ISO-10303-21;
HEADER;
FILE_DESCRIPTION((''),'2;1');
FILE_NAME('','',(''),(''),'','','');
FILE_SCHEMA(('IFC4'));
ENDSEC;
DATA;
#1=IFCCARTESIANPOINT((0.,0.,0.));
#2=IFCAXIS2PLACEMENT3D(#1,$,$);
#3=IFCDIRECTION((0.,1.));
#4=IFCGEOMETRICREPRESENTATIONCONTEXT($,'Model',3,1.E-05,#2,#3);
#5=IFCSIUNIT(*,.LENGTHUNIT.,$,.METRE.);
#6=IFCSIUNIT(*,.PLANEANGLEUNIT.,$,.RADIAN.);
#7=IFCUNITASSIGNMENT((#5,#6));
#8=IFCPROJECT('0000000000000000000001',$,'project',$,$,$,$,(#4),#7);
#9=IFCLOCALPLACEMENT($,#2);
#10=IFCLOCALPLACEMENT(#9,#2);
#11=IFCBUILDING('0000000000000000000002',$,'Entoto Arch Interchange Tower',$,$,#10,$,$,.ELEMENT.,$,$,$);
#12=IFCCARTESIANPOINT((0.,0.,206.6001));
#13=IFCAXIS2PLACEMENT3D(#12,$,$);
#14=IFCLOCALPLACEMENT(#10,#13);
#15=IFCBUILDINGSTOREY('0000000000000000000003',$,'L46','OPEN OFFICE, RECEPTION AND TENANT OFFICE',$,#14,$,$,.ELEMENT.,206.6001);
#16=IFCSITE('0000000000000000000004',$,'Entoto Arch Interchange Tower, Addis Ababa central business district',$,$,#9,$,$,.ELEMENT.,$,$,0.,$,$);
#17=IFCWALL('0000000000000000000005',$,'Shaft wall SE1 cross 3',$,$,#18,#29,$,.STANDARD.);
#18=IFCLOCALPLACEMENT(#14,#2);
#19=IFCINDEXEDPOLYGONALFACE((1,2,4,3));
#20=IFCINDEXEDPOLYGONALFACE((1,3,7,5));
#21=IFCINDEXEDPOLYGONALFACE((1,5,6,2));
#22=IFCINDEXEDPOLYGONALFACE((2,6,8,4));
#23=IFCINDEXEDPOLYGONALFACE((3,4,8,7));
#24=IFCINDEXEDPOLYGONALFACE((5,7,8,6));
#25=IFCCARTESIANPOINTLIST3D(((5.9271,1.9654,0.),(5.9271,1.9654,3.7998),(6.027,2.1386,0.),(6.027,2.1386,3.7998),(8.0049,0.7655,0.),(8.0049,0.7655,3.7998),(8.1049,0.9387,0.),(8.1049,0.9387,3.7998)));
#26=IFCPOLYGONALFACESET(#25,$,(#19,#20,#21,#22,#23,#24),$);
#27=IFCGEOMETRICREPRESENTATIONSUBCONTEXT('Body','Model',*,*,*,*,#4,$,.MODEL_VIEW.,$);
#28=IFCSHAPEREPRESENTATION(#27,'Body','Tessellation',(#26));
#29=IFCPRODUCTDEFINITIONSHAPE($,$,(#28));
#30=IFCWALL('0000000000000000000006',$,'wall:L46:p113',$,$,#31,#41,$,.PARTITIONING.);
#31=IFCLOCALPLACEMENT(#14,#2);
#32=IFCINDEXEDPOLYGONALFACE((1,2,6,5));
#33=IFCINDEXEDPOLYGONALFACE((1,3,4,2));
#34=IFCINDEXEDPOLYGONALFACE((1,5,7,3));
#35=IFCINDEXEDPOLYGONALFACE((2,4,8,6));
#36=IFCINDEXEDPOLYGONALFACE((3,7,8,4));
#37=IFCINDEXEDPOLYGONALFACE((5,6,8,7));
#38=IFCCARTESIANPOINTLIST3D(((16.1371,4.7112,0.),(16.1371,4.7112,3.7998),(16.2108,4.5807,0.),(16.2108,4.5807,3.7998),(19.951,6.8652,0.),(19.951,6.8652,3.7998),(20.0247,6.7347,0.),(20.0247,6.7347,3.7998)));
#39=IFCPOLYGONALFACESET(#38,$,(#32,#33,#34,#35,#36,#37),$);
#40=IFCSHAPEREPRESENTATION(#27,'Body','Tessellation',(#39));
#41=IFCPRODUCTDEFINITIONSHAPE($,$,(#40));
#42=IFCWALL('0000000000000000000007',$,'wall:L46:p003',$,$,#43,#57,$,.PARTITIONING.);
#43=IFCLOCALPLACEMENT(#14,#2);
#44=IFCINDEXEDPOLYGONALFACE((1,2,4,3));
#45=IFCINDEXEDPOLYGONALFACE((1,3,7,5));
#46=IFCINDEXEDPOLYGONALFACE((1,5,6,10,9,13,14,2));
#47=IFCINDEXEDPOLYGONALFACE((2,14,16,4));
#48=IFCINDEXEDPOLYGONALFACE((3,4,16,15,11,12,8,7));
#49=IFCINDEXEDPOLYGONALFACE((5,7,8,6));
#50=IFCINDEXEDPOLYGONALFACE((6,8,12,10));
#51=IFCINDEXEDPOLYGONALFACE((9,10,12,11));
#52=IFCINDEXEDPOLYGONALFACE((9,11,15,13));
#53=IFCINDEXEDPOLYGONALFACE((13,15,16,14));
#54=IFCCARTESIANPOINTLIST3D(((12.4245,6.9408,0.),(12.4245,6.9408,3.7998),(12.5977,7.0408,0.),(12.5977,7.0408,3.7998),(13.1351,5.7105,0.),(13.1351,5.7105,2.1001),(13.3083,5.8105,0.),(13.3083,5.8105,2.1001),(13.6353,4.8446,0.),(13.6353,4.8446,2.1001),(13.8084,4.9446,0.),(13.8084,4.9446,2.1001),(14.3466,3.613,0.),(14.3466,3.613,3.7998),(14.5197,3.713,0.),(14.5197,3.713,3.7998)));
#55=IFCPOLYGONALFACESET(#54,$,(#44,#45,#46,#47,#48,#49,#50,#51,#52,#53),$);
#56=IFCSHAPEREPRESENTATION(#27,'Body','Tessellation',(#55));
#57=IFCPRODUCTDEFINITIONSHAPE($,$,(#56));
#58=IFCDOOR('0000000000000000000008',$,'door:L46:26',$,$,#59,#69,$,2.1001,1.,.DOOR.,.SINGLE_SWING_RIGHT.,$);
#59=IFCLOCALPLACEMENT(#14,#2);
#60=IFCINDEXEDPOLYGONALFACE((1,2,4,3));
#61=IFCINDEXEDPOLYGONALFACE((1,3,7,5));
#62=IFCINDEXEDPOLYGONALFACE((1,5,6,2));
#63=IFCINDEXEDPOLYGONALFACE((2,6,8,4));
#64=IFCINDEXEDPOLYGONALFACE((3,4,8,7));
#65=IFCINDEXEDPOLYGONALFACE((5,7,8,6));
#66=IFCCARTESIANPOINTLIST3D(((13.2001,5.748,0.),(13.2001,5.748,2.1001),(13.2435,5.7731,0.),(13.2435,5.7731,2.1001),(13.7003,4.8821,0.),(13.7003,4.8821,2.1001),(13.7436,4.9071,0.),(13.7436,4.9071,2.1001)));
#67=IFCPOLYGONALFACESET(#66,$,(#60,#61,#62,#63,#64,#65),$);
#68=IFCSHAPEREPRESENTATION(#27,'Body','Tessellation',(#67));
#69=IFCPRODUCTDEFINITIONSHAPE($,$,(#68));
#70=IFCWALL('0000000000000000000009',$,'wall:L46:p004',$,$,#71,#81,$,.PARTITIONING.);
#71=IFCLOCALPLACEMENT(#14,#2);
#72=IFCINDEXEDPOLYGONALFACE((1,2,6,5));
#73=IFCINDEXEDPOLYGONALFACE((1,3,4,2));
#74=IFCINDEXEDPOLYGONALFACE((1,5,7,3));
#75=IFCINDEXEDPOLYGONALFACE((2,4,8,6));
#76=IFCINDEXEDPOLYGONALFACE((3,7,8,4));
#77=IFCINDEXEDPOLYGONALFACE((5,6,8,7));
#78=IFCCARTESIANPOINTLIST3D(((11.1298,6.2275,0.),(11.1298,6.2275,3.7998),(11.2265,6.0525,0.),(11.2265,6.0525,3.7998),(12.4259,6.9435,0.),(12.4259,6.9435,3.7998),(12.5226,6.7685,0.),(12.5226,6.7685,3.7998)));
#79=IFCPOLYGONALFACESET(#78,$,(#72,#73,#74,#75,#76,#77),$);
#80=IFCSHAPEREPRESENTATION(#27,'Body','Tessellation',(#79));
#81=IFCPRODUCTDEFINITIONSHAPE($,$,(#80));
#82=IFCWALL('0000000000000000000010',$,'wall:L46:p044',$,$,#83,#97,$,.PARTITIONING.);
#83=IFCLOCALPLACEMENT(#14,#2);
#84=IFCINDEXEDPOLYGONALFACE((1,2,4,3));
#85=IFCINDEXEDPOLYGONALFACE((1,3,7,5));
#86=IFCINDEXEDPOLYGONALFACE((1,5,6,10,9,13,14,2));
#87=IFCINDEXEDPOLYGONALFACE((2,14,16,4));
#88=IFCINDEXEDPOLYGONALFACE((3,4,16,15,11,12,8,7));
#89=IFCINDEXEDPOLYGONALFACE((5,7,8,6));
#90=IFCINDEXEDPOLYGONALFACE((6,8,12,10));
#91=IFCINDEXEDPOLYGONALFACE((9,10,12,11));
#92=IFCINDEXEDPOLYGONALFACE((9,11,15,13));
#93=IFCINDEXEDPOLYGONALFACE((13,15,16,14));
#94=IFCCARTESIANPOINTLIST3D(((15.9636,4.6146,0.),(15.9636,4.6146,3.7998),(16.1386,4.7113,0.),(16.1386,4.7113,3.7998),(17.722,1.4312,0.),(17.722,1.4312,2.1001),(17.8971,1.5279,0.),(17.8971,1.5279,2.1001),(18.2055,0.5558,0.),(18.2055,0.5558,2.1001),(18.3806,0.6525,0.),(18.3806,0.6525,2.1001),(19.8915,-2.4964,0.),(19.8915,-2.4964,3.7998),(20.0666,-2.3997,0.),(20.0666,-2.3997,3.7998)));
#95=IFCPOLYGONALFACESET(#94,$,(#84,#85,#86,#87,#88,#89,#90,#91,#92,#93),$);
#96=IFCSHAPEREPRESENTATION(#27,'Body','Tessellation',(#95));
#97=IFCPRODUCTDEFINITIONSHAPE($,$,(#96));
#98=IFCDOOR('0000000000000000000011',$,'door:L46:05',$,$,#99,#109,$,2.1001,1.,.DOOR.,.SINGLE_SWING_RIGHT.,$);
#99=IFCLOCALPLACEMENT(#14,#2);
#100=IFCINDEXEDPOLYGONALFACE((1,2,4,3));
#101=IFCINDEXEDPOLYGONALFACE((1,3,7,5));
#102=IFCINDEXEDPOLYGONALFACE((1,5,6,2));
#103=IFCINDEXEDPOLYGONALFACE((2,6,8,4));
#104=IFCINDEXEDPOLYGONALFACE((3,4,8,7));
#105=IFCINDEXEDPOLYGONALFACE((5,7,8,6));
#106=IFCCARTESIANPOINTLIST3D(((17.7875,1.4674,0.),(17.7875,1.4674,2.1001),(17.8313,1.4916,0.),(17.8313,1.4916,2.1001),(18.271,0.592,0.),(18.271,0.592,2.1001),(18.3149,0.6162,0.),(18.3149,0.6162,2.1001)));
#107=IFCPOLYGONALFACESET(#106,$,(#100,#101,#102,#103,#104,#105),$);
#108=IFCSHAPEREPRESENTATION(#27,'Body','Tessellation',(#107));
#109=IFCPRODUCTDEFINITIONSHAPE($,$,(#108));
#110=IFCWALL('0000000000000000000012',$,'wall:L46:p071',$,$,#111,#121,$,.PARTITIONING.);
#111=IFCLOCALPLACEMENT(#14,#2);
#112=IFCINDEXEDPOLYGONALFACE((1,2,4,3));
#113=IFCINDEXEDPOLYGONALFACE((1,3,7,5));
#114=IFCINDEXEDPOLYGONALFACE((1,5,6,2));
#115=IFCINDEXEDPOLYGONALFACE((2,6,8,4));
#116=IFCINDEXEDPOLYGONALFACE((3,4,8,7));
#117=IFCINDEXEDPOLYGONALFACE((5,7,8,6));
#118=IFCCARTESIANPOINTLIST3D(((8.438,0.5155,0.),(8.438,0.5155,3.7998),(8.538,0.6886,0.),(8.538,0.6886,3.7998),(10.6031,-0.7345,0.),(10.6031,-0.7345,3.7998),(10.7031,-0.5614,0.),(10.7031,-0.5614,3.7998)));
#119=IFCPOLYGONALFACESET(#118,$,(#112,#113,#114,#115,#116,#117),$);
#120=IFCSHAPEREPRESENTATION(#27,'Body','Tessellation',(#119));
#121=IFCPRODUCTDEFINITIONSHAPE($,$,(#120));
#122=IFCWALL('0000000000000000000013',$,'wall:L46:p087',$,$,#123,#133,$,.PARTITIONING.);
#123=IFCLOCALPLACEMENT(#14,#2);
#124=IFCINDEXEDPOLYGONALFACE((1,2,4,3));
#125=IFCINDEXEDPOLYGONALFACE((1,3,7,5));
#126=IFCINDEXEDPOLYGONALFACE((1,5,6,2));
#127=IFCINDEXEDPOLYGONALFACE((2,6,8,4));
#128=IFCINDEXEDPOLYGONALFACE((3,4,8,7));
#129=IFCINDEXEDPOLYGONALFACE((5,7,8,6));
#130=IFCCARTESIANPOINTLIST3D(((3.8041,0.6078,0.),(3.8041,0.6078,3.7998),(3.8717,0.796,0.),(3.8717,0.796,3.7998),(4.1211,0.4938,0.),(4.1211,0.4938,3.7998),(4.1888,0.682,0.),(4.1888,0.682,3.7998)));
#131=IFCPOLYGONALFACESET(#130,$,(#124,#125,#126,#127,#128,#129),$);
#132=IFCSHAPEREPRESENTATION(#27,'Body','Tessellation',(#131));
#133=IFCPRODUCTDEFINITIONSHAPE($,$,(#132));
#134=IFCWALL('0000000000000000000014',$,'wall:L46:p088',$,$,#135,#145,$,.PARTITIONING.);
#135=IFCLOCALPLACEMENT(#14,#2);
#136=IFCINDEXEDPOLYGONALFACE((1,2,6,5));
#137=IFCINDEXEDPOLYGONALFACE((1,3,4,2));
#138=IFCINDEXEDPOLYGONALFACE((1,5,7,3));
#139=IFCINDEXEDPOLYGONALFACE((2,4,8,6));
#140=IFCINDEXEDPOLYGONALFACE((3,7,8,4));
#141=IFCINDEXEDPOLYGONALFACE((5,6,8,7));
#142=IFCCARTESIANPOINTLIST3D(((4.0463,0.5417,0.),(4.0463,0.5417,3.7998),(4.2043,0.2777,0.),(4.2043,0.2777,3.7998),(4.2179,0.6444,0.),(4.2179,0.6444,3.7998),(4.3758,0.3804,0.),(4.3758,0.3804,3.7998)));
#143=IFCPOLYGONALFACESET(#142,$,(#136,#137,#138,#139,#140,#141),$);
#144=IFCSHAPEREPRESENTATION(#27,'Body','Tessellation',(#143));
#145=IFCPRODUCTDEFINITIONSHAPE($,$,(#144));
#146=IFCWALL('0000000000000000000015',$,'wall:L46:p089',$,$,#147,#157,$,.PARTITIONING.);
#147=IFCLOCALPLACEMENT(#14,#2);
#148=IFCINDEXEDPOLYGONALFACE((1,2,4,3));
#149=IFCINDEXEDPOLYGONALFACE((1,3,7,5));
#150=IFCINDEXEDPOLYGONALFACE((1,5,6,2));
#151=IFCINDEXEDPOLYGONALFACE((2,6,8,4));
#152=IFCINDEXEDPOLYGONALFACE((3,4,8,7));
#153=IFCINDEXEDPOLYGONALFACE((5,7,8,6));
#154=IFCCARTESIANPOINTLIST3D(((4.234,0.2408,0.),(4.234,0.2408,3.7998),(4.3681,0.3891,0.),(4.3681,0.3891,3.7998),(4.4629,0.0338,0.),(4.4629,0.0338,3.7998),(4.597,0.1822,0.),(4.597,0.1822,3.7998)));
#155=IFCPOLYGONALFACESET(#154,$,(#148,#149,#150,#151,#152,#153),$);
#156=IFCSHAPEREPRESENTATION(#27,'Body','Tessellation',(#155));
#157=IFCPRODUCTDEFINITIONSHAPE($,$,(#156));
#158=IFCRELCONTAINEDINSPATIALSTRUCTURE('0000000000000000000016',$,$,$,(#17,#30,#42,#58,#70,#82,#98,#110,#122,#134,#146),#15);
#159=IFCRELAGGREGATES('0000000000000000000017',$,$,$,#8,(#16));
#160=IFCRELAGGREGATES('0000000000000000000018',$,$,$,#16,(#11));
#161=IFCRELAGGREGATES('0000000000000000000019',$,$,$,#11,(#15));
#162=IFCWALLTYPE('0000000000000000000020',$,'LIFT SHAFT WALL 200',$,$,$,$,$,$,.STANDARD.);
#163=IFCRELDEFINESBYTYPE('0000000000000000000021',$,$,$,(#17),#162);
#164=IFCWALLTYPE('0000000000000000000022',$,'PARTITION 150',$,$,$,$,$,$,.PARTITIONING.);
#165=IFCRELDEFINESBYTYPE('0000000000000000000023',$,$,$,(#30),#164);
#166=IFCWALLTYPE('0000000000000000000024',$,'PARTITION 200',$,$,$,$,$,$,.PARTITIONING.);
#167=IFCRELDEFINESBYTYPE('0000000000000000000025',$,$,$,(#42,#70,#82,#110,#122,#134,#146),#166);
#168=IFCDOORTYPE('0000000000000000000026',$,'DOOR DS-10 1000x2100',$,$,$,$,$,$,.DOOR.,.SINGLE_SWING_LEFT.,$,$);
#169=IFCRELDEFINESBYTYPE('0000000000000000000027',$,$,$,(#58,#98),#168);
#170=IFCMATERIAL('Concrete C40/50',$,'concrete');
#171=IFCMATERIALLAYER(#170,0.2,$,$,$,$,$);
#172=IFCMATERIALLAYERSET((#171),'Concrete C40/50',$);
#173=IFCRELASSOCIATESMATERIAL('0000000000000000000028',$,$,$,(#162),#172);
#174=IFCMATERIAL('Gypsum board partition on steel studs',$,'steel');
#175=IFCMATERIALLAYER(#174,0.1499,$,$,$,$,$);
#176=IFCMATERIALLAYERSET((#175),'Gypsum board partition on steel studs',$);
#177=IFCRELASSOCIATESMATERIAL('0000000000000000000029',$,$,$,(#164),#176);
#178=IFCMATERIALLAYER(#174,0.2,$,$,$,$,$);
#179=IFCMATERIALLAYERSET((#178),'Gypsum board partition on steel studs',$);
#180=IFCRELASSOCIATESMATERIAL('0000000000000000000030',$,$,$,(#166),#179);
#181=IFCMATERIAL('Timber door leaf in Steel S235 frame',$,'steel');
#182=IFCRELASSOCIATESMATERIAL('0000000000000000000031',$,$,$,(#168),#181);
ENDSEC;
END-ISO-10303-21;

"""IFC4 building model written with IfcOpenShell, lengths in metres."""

from ifc_helpers import new_model, si_unit, direction, frame, frame_2d, origin, place, context, subcontext, project, spatial, rectangle, extrude, material, layer, layer_set, type_object, element, fill, save


model = new_model("IFC4")

# Units and contexts
model_context = context("Model", 3, precision=1e-05, world=origin(), true_north=direction((0.0, 1.0)))
body_context = subcontext(model_context, "Body", "Model", "MODEL_VIEW")
ifc_project = project(units=[si_unit("LENGTHUNIT", "METRE"), si_unit("PLANEANGLEUNIT", "RADIAN")], contexts=[model_context])

# Site, building, storey
site_placement = place(None, origin())
site = spatial("IfcSite", under=ifc_project, at=site_placement, Name="Entoto Arch Interchange Tower, Addis Ababa central business district", CompositionType="ELEMENT", RefElevation=0.0)
building_placement = place(site_placement, origin())
building = spatial("IfcBuilding", under=site, at=building_placement, Name="Entoto Arch Interchange Tower", CompositionType="ELEMENT")
storey_placement = place(building_placement, frame((0.0, 0.0, 206.6001)))
storey = spatial("IfcBuildingStorey", under=building, at=storey_placement, Name="L46", Description="OPEN OFFICE, RECEPTION AND TENANT OFFICE", CompositionType="ELEMENT", Elevation=206.6001)

# Walls
ifc_material_1 = material(Name="Concrete C40/50", Category="concrete")
ifc_layer_1 = layer(ifc_material_1, 0.2)
ifc_layer_set_1 = layer_set([ifc_layer_1], Name="Concrete C40/50")
wall_type_1 = type_object("IfcWallType", Name="LIFT SHAFT WALL 200", PredefinedType="STANDARD", material=ifc_layer_set_1)
wall_1_placement = place(storey_placement, frame((5.9771, 2.052, 0.0), z_axis=(0.0, 0.0, 1.0), x_axis=(0.865974, -0.500089, 0.0)))
element("IfcWall", 1, at=wall_1_placement, inside=storey, type_object=wall_type_1, Name="Shaft wall SE1 cross 3", PredefinedType="STANDARD", context=body_context, shape_type="SweptSolid", body=[
    extrude(rectangle(XDim=2.3994, YDim=0.2, at=frame_2d((1.1997, 0.0))), origin(), (0.0, 0.0, 1.0), 3.7998),
])
ifc_material_2 = material(Name="Gypsum board partition on steel studs", Category="steel")
ifc_layer_2 = layer(ifc_material_2, 0.1499)
ifc_layer_set_2 = layer_set([ifc_layer_2], Name="Gypsum board partition on steel studs")
wall_type_2 = type_object("IfcWallType", Name="PARTITION 150", PredefinedType="PARTITIONING", material=ifc_layer_set_2)
wall_2_placement = place(storey_placement, frame((16.1741, 4.646, 0.0), z_axis=(0.0, 0.0, 1.0), x_axis=(0.870726, 0.491769, 0.0)))
element("IfcWall", 2, at=wall_2_placement, inside=storey, type_object=wall_type_2, Name="wall:L46:p113", PredefinedType="PARTITIONING", context=body_context, shape_type="SweptSolid", body=[
    extrude(rectangle(XDim=4.3801, YDim=0.1499, at=frame_2d((2.1899, 0.0))), origin(), (0.0, 0.0, 1.0), 3.7998),
])

# Wall, opening, door
ifc_layer_3 = layer(ifc_material_2, 0.2)
ifc_layer_set_3 = layer_set([ifc_layer_3], Name="Gypsum board partition on steel studs")
wall_type_3 = type_object("IfcWallType", Name="PARTITION 200", PredefinedType="PARTITIONING", material=ifc_layer_set_3)
wall_3_placement = place(storey_placement, frame((14.4331, 3.6631, 0.0), z_axis=(0.0, 0.0, 1.0), x_axis=(-0.50015, 0.865939, 0.0)))
wall_3 = element("IfcWall", 3, at=wall_3_placement, inside=storey, type_object=wall_type_3, Name="wall:L46:p003", PredefinedType="PARTITIONING", context=body_context, shape_type="SweptSolid", body=[
    extrude(rectangle(XDim=3.843, YDim=0.2, at=frame_2d((1.9214, 0.0))), origin(), (0.0, 0.0, 1.0), 3.7998),
])
opening_1_placement = place(wall_3_placement, frame((1.4221, 0.0, 0.0)))
opening_1 = element("IfcOpeningElement", 4, at=opening_1_placement, cuts=wall_3, PredefinedType="OPENING", context=body_context, shape_type="SweptSolid", body=[
    extrude(rectangle(XDim=1.0, YDim=2.1001, at=frame_2d((0.5, 1.05))), frame((0.0, 0.1099, 0.0), z_axis=(0.0, -1.0, 0.0), x_axis=(1.0, 0.0, 0.0)), (0.0, 0.0, 1.0), 0.22),
])
ifc_material_3 = material(Name="Timber door leaf in Steel S235 frame", Category="steel")
door_type_1 = type_object("IfcDoorType", Name="DOOR DS-10 1000x2100", OperationType="SINGLE_SWING_LEFT", PredefinedType="DOOR", material=ifc_material_3)
door_1_placement = place(opening_1_placement, origin())
door_1 = element("IfcDoor", 5, at=door_1_placement, inside=storey, type_object=door_type_1, Name="door:L46:26", OperationType="SINGLE_SWING_RIGHT", OverallHeight=2.1001, OverallWidth=1.0, PredefinedType="DOOR", context=body_context, shape_type="SweptSolid", body=[
    extrude(rectangle(XDim=1.0, YDim=2.1001, at=frame_2d((0.5, 1.05))), frame((0.0, 0.0249, 0.0), z_axis=(0.0, -1.0, 0.0), x_axis=(1.0, 0.0, 0.0)), (0.0, 0.0, 1.0), 0.05),
])
fill(opening_1, door_1)

# Wall
wall_4_placement = place(storey_placement, frame((12.4741, 6.856, 0.0), z_axis=(0.0, 0.0, 1.0), x_axis=(-0.875306, -0.48357, 0.0)))
element("IfcWall", 6, at=wall_4_placement, inside=storey, type_object=wall_type_3, Name="wall:L46:p004", PredefinedType="PARTITIONING", context=body_context, shape_type="SweptSolid", body=[
    extrude(rectangle(XDim=1.4807, YDim=0.2, at=frame_2d((0.7402, 0.0))), origin(), (0.0, 0.0, 1.0), 3.7998),
])

# Wall, opening, door
wall_5_placement = place(storey_placement, frame((16.051, 4.6631, 0.0), z_axis=(0.0, 0.0, 1.0), x_axis=(0.483513, -0.875337, 0.0)))
wall_5 = element("IfcWall", 7, at=wall_5_placement, inside=storey, type_object=wall_type_3, Name="wall:L46:p044", PredefinedType="PARTITIONING", context=body_context, shape_type="SweptSolid", body=[
    extrude(rectangle(XDim=8.1238, YDim=0.2, at=frame_2d((4.062, 0.0))), origin(), (0.0, 0.0, 1.0), 3.7998),
])
opening_2_placement = place(wall_5_placement, frame((3.637, 0.0, 0.0)))
opening_2 = element("IfcOpeningElement", 8, at=opening_2_placement, cuts=wall_5, PredefinedType="OPENING", context=body_context, shape_type="SweptSolid", body=[
    extrude(rectangle(XDim=1.0, YDim=2.1001, at=frame_2d((0.5, 1.05))), frame((0.0, 0.1099, 0.0), z_axis=(0.0, -1.0, 0.0), x_axis=(1.0, 0.0, 0.0)), (0.0, 0.0, 1.0), 0.22),
])
door_2_placement = place(opening_2_placement, origin())
door_2 = element("IfcDoor", 9, at=door_2_placement, inside=storey, type_object=door_type_1, Name="door:L46:05", OperationType="SINGLE_SWING_RIGHT", OverallHeight=2.1001, OverallWidth=1.0, PredefinedType="DOOR", context=body_context, shape_type="SweptSolid", body=[
    extrude(rectangle(XDim=1.0, YDim=2.1001, at=frame_2d((0.5, 1.05))), frame((0.0, 0.0249, 0.0), z_axis=(0.0, -1.0, 0.0), x_axis=(1.0, 0.0, 0.0)), (0.0, 0.0, 1.0), 0.05),
])
fill(opening_2, door_2)

# Walls
wall_6_placement = place(storey_placement, frame((8.488, 0.6021, 0.0), z_axis=(0.0, 0.0, 1.0), x_axis=(0.866023, -0.500004, 0.0)))
element("IfcWall", 10, at=wall_6_placement, inside=storey, type_object=wall_type_3, Name="wall:L46:p071", PredefinedType="PARTITIONING", context=body_context, shape_type="SweptSolid", body=[
    extrude(rectangle(XDim=2.5, YDim=0.2, at=frame_2d((1.25, 0.0))), origin(), (0.0, 0.0, 1.0), 3.7998),
])
wall_7_placement = place(storey_placement, frame((3.8379, 0.7019, 0.0), z_axis=(0.0, 0.0, 1.0), x_axis=(0.941035, -0.338309, 0.0)))
element("IfcWall", 11, at=wall_7_placement, inside=storey, type_object=wall_type_3, Name="wall:L46:p087", PredefinedType="PARTITIONING", context=body_context, shape_type="SweptSolid", body=[
    extrude(rectangle(XDim=0.3369, YDim=0.2, at=frame_2d((0.1685, 0.0))), origin(), (0.0, 0.0, 1.0), 3.7998),
])
wall_8_placement = place(storey_placement, frame((4.1321, 0.593, 0.0), z_axis=(0.0, 0.0, 1.0), x_axis=(0.513562, -0.858053, 0.0)))
element("IfcWall", 12, at=wall_8_placement, inside=storey, type_object=wall_type_3, Name="wall:L46:p088", PredefinedType="PARTITIONING", context=body_context, shape_type="SweptSolid", body=[
    extrude(rectangle(XDim=0.3076, YDim=0.2, at=frame_2d((0.1538, 0.0))), origin(), (0.0, 0.0, 1.0), 3.7998),
])
wall_9_placement = place(storey_placement, frame((4.301, 0.3149, 0.0), z_axis=(0.0, 0.0, 1.0), x_axis=(0.741798, -0.670623, 0.0)))
element("IfcWall", 13, at=wall_9_placement, inside=storey, type_object=wall_type_3, Name="wall:L46:p089", PredefinedType="PARTITIONING", context=body_context, shape_type="SweptSolid", body=[
    extrude(rectangle(XDim=0.3086, YDim=0.2, at=frame_2d((0.1543, 0.0))), origin(), (0.0, 0.0, 1.0), 3.7998),
])

save(model, "model.ifc")
